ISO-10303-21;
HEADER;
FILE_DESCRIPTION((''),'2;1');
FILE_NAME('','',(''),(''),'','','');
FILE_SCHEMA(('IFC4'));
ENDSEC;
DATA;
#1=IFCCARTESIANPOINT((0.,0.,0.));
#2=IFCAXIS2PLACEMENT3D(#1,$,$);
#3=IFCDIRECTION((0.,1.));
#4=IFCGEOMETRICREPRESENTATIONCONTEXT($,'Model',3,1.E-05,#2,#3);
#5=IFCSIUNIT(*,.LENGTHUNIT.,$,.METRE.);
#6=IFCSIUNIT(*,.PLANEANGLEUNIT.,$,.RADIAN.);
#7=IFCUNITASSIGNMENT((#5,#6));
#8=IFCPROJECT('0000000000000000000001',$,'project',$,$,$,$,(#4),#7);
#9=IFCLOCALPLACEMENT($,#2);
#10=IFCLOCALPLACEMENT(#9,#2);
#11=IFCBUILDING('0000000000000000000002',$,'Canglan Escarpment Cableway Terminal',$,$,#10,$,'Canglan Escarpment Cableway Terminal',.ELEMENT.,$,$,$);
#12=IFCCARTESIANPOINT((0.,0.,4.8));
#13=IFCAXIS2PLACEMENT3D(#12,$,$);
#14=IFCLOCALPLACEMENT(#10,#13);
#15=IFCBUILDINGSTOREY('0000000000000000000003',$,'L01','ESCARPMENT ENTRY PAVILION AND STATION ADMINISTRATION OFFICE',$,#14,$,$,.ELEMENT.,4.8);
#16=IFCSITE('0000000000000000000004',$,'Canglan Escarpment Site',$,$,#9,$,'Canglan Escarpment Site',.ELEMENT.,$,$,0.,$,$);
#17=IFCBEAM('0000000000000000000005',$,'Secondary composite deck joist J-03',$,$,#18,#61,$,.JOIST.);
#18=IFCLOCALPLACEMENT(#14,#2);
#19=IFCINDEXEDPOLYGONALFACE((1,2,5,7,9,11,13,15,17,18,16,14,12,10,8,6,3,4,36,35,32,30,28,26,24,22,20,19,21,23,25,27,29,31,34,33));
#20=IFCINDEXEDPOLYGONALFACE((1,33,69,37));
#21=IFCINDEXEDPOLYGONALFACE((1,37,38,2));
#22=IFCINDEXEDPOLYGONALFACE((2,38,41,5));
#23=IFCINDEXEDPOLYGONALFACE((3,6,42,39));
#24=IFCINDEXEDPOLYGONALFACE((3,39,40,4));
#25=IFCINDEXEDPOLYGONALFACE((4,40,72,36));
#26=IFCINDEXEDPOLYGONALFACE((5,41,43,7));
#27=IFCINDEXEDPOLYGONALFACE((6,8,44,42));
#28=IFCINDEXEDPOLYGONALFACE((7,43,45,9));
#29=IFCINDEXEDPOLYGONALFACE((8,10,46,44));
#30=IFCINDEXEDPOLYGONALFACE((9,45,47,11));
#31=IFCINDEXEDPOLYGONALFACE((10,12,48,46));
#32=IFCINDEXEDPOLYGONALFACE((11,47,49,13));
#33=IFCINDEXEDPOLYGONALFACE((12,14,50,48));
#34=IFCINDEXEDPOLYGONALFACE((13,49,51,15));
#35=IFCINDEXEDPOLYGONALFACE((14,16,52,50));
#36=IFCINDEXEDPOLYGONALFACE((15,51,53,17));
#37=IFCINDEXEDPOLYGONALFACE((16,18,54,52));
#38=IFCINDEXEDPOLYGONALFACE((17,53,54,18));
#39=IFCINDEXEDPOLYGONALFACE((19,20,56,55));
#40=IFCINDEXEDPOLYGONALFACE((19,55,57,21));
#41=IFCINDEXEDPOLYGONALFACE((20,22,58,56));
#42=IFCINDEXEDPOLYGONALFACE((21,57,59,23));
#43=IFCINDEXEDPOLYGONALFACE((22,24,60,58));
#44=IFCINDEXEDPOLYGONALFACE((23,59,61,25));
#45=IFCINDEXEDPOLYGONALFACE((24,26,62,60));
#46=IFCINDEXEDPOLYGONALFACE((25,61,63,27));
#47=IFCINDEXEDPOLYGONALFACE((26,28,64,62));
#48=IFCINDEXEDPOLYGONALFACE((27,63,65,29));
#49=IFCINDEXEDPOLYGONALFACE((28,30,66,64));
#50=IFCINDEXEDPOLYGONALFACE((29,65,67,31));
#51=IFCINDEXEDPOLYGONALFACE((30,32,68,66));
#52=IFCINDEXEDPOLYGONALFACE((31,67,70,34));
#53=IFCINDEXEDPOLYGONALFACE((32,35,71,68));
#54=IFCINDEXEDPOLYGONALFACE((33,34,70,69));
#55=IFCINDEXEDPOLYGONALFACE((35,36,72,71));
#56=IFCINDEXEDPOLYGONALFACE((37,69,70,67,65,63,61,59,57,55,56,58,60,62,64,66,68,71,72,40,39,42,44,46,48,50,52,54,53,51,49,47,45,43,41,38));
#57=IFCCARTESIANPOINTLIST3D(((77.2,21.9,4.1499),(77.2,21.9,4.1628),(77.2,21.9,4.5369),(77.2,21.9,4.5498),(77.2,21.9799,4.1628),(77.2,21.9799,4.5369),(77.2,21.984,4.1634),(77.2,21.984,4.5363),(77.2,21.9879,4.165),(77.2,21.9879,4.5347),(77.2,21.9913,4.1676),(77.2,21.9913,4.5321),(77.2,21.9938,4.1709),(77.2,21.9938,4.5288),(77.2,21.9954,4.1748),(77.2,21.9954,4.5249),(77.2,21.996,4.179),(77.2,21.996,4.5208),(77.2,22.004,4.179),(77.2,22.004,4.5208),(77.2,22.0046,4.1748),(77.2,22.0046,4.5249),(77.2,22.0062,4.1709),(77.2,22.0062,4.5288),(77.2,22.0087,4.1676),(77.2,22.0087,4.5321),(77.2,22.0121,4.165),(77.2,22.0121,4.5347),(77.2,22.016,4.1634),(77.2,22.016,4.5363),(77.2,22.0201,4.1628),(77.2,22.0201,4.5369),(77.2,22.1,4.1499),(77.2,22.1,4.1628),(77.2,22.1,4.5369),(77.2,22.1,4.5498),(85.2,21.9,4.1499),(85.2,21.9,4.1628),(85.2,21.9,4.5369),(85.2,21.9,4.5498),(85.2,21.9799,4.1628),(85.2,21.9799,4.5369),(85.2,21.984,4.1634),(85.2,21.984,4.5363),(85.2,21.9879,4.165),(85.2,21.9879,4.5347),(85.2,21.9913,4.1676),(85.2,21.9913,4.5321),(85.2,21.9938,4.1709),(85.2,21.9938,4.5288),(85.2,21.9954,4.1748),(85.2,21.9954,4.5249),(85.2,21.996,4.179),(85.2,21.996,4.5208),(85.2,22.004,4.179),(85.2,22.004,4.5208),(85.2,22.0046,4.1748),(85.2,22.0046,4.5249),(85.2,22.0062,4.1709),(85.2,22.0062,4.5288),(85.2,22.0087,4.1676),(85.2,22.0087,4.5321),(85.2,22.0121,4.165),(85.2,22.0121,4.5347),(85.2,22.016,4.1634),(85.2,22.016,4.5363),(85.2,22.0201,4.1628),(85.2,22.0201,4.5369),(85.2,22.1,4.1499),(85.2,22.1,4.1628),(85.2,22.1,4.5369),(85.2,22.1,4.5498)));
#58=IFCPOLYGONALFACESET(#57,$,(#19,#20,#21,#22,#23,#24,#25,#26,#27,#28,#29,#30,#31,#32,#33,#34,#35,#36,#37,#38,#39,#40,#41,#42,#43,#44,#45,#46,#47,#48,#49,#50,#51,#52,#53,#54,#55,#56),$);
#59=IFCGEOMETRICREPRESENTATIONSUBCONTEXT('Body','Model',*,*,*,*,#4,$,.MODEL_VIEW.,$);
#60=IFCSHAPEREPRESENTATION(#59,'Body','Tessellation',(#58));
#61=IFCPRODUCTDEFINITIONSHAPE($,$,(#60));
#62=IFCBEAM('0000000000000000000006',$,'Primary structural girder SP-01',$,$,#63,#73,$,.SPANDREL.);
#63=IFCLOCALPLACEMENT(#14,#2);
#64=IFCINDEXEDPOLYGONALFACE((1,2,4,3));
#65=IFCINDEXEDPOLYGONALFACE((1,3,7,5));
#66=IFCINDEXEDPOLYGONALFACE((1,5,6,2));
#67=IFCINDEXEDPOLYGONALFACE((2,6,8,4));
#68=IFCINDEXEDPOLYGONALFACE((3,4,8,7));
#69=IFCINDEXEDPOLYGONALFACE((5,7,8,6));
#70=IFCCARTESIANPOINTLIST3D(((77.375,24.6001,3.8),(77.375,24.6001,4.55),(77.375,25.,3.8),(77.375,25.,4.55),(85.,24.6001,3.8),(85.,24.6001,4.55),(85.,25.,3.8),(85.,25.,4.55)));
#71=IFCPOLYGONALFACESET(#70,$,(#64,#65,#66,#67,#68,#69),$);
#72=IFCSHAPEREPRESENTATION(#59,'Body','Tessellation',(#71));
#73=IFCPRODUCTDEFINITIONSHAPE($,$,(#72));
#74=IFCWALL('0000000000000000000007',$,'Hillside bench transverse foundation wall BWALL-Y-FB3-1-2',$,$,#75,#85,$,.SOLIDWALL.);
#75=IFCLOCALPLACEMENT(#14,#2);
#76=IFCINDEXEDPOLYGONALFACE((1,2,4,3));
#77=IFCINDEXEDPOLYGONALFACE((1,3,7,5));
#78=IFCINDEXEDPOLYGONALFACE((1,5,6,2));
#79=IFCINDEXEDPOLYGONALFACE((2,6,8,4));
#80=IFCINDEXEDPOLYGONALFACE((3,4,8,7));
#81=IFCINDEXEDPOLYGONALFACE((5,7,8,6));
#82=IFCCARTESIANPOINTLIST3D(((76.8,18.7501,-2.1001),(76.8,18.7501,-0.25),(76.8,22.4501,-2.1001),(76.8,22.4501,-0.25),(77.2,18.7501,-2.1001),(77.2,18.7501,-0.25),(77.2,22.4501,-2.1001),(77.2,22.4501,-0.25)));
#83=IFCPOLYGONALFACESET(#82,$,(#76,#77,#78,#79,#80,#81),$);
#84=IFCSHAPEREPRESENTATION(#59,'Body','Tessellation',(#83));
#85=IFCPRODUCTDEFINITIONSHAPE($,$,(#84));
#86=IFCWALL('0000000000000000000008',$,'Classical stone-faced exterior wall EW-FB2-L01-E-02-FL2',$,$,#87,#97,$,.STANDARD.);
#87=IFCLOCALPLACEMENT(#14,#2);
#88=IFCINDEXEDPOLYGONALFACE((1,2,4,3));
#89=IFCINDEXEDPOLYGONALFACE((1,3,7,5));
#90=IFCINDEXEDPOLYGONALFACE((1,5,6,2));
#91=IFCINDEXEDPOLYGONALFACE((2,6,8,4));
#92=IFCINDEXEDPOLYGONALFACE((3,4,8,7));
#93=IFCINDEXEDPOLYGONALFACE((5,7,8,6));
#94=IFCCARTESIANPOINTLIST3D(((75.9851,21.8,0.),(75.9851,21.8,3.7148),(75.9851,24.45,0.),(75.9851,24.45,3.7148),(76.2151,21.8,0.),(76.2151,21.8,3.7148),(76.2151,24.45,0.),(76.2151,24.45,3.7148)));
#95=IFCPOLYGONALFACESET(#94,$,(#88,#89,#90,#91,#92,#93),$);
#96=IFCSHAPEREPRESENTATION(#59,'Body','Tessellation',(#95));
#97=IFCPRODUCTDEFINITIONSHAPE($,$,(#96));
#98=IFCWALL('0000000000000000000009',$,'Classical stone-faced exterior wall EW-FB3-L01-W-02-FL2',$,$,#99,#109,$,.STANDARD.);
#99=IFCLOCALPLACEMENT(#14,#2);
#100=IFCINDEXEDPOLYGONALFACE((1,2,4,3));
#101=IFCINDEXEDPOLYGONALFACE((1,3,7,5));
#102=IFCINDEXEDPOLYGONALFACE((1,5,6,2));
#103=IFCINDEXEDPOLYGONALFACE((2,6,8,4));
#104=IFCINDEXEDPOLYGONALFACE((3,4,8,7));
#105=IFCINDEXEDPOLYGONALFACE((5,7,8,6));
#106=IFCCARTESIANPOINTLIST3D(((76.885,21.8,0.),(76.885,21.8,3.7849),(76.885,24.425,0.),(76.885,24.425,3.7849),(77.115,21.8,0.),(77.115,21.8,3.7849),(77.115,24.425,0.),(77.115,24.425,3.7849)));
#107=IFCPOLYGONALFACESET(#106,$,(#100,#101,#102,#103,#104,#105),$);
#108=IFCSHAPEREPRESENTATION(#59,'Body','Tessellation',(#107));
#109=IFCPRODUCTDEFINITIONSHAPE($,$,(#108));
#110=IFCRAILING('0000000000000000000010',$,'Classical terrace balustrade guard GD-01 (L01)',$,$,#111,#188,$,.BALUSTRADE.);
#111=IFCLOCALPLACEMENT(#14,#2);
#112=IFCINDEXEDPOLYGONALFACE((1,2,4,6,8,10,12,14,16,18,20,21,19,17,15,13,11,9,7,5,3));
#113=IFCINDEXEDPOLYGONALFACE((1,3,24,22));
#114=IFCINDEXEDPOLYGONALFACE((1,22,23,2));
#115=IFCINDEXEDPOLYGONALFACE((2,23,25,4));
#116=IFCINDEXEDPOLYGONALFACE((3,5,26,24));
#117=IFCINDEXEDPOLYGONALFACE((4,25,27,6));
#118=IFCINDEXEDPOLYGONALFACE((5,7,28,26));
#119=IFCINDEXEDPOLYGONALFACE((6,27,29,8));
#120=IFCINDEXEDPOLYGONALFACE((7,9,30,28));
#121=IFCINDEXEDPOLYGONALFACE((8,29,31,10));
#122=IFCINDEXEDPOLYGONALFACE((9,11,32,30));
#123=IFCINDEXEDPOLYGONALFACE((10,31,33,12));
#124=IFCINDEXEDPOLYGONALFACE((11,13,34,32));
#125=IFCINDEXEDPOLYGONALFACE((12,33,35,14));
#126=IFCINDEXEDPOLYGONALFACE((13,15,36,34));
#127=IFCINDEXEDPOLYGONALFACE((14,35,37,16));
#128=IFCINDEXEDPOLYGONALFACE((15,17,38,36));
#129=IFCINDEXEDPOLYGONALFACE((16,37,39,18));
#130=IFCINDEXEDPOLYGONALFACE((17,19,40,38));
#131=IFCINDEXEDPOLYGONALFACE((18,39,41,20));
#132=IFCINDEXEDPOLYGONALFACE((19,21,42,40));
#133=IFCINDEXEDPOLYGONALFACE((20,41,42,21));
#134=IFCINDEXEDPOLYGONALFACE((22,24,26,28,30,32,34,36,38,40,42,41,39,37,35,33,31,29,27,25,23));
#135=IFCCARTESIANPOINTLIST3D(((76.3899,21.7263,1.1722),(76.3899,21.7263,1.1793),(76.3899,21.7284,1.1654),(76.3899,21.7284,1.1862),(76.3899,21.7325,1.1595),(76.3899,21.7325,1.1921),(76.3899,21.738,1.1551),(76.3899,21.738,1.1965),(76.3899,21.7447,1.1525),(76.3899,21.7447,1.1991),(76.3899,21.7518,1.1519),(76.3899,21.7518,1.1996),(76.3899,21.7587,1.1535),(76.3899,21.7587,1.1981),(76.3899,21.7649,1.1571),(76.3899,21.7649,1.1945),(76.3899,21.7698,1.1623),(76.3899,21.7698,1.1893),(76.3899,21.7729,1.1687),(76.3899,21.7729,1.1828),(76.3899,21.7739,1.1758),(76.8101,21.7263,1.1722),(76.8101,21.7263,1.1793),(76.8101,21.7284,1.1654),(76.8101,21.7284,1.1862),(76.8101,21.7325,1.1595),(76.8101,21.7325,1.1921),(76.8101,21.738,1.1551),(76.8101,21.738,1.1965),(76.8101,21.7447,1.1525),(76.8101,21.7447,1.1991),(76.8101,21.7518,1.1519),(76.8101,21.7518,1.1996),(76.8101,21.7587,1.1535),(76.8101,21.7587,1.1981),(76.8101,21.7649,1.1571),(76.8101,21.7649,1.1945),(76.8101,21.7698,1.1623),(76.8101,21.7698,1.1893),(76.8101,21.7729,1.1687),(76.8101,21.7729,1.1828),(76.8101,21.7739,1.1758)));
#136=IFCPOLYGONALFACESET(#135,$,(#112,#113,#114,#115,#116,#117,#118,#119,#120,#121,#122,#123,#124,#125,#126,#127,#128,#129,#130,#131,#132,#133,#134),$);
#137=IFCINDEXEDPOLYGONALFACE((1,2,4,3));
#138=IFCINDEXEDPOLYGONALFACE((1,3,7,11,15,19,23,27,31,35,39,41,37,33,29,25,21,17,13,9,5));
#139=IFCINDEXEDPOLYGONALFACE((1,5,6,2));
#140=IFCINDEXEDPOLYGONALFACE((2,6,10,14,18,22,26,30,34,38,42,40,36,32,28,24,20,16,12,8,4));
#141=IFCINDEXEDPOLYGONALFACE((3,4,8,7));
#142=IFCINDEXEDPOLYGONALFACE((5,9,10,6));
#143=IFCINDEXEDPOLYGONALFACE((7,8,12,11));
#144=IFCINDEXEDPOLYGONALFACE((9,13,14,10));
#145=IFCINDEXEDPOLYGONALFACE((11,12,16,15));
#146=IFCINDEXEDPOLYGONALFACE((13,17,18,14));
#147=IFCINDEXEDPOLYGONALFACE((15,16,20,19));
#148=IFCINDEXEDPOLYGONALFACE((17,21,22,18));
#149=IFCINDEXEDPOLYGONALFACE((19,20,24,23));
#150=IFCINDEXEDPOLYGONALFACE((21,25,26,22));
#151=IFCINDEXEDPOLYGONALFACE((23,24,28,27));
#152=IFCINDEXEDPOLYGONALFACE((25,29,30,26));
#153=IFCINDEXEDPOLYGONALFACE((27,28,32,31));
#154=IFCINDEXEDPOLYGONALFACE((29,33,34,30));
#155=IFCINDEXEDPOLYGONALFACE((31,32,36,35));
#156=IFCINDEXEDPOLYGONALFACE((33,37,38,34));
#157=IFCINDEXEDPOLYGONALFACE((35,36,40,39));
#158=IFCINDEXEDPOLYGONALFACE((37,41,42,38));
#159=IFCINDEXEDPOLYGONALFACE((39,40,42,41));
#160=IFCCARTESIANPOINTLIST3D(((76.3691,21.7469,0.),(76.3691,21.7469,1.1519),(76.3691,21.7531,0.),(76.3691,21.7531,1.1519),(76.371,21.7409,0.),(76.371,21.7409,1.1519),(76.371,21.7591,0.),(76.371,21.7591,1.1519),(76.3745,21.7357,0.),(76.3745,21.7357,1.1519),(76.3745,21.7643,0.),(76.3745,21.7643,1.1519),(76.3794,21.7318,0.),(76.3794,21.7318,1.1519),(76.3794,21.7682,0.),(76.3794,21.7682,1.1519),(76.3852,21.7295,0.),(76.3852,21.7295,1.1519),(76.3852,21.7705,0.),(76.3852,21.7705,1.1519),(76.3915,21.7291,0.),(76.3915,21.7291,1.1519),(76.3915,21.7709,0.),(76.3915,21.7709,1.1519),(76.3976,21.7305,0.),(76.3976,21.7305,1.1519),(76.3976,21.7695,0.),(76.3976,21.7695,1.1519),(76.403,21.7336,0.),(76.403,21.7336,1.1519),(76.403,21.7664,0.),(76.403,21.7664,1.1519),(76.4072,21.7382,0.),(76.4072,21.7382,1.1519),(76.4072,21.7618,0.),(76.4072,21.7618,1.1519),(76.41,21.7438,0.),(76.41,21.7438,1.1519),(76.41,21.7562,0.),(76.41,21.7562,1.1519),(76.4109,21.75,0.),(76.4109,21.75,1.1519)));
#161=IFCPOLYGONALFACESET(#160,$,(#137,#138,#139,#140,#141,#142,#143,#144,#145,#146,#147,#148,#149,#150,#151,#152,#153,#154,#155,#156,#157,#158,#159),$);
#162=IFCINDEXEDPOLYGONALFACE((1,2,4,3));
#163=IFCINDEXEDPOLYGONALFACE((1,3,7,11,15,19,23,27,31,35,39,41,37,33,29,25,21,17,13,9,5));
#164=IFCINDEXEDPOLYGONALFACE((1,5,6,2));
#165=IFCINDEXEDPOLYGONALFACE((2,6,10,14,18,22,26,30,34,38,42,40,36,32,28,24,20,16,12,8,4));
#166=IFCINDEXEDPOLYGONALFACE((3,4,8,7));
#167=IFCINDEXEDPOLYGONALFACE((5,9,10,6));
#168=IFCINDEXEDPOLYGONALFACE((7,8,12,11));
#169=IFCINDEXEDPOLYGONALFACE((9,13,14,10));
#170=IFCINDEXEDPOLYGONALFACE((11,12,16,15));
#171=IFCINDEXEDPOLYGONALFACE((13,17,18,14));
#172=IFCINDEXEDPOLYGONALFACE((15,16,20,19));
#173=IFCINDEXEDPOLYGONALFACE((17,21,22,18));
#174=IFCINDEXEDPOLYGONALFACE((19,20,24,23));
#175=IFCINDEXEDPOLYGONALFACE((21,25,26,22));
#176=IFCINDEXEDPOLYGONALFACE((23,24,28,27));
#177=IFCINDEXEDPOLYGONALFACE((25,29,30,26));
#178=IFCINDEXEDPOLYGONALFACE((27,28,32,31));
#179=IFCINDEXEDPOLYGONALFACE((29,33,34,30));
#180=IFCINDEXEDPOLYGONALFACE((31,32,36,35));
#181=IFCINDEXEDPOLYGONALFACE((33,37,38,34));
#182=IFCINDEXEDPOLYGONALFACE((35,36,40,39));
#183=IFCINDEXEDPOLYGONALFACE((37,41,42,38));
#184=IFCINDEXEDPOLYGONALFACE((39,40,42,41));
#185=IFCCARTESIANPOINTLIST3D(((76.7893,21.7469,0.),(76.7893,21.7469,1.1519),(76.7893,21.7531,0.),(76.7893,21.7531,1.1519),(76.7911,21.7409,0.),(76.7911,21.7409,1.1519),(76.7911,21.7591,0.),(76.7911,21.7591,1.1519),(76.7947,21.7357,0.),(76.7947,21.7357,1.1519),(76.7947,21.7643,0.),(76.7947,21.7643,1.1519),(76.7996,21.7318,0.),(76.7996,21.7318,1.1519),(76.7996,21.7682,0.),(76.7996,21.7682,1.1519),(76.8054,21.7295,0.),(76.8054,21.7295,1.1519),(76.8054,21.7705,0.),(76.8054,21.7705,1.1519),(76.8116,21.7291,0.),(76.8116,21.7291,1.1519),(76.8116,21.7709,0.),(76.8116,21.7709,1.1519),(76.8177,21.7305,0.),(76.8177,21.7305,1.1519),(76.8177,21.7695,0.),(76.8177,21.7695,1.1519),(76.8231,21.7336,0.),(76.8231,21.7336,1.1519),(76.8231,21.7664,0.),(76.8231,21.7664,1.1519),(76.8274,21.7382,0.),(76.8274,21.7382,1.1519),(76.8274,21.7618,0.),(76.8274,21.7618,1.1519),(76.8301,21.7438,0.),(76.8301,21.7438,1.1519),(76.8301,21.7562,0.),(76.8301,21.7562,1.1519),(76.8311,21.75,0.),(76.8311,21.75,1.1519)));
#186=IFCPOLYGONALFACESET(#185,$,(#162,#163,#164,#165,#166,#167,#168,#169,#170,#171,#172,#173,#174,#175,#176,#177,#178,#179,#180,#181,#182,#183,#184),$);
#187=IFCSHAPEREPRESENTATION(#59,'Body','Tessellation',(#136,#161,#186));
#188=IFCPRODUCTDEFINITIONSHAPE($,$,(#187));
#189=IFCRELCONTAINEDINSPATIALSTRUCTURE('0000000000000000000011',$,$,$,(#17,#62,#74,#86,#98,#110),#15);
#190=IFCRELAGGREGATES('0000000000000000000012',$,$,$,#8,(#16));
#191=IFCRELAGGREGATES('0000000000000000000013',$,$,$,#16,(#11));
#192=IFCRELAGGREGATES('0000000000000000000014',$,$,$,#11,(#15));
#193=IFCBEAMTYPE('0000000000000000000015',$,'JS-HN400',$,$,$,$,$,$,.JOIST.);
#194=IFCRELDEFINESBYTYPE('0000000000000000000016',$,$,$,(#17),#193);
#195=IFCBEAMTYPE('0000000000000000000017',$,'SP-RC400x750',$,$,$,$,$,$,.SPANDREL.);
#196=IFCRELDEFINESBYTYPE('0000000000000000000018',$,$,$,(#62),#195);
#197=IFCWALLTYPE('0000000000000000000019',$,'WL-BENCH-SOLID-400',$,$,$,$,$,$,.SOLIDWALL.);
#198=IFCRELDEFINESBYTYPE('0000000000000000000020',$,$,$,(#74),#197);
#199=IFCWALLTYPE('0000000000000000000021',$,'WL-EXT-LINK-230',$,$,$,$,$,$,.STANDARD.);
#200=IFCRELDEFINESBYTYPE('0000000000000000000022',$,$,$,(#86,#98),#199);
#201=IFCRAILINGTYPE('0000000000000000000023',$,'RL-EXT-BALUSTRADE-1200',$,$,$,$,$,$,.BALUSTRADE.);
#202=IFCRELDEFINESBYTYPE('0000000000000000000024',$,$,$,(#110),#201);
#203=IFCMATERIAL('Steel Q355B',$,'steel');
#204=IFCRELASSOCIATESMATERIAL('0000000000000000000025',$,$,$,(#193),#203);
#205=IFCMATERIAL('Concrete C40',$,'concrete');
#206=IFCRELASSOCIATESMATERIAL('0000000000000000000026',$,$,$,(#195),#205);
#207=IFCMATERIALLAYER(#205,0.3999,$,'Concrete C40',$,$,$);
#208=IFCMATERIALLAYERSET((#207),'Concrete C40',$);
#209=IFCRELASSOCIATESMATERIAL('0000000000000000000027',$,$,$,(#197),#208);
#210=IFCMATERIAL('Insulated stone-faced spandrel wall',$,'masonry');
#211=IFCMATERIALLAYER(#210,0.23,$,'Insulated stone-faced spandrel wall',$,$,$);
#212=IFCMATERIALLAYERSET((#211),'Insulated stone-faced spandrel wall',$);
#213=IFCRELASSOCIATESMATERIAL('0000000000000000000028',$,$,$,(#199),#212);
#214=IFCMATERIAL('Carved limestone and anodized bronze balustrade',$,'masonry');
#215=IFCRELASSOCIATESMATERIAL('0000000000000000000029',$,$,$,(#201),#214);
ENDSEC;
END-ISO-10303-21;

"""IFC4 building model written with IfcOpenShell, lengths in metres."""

from ifc_helpers import new_model, si_unit, direction, frame, frame_2d, origin, origin_2d, place, context, subcontext, project, spatial, rectangle, circle, i_section, extrude, material, layer, layer_set, material_profile, profile_set, type_object, element, save


model = new_model("IFC4")

# Units and contexts
model_context = context("Model", 3, precision=1e-05, world=origin(), true_north=direction((0.0, 1.0)))
body_context = subcontext(model_context, "Body", "Model", "MODEL_VIEW")
ifc_project = project(units=[si_unit("LENGTHUNIT", "METRE"), si_unit("PLANEANGLEUNIT", "RADIAN")], contexts=[model_context])

# Site, building, storey
site_placement = place(None, origin())
site = spatial("IfcSite", under=ifc_project, at=site_placement, Name="Canglan Escarpment Site", LongName="Canglan Escarpment Site", CompositionType="ELEMENT", RefElevation=0.0)
building_placement = place(site_placement, origin())
building = spatial("IfcBuilding", under=site, at=building_placement, Name="Canglan Escarpment Cableway Terminal", LongName="Canglan Escarpment Cableway Terminal", CompositionType="ELEMENT")
storey_placement = place(building_placement, frame((0.0, 0.0, 4.8)))
storey = spatial("IfcBuildingStorey", under=building, at=storey_placement, Name="L01", Description="ESCARPMENT ENTRY PAVILION AND STATION ADMINISTRATION OFFICE", CompositionType="ELEMENT", Elevation=4.8)

# Shared definitions
ifc_material_1 = material(Name="Concrete C40", Category="concrete")

# Beams
ifc_material_2 = material(Name="Steel Q355B", Category="steel")
ifc_material_profile_1 = material_profile(ifc_material_2, i_section(OverallWidth=0.2, OverallDepth=0.3999, WebThickness=0.0081, FlangeThickness=0.0129, FilletRadius=0.0161, at=origin_2d()), Name="HN 400x200x8x13")
ifc_profile_set_1 = profile_set([ifc_material_profile_1], Name="Steel Q355B")
beam_type_1 = type_object("IfcBeamType", Name="JS-HN400", PredefinedType="JOIST", material=ifc_profile_set_1)
for number, where, z_axis, x_axis, name in (
    (1, (77.2, 22.0, 4.3499), (1.0, 0.0, 0.0), (0.0, 1.0, 0.0), "Secondary composite deck joist J-03"),
):
    element("IfcBeam", number, at=place(storey_placement, frame(where, z_axis=z_axis, x_axis=x_axis)), inside=storey, type_object=beam_type_1, Name=name, PredefinedType="JOIST", context=body_context, shape_type="SweptSolid", body=[
        extrude(i_section(OverallWidth=0.2, OverallDepth=0.3999, WebThickness=0.0081, FlangeThickness=0.0129, FilletRadius=0.0161, at=origin_2d()), origin(), (0.0, 0.0, 1.0), 8.0),
    ])
ifc_material_profile_2 = material_profile(ifc_material_1, rectangle(XDim=0.3999, YDim=0.75, at=origin_2d()), Name="RC 400x750")
ifc_profile_set_2 = profile_set([ifc_material_profile_2], Name="Concrete C40")
beam_type_2 = type_object("IfcBeamType", Name="SP-RC400x750", PredefinedType="SPANDREL", material=ifc_profile_set_2)
beam_1_placement = place(storey_placement, frame((77.375, 24.8, 4.175), z_axis=(1.0, 0.0, 0.0), x_axis=(0.0, 1.0, 0.0)))
element("IfcBeam", 2, at=beam_1_placement, inside=storey, type_object=beam_type_2, Name="Primary structural girder SP-01", PredefinedType="SPANDREL", context=body_context, shape_type="SweptSolid", body=[
    extrude(rectangle(XDim=0.3999, YDim=0.75, at=origin_2d()), origin(), (0.0, 0.0, 1.0), 7.625),
])

# Walls
ifc_layer_1 = layer(ifc_material_1, 0.3999, Name="Concrete C40")
ifc_layer_set_1 = layer_set([ifc_layer_1], Name="Concrete C40")
wall_type_1 = type_object("IfcWallType", Name="WL-BENCH-SOLID-400", PredefinedType="SOLIDWALL", material=ifc_layer_set_1)
wall_1_placement = place(storey_placement, frame((77.0, 18.75, -2.1001), z_axis=(0.0, 0.0, 1.0), x_axis=(0.0, 1.0, 0.0)))
element("IfcWall", 3, at=wall_1_placement, inside=storey, type_object=wall_type_1, Name="Hillside bench transverse foundation wall BWALL-Y-FB3-1-2", PredefinedType="SOLIDWALL", context=body_context, shape_type="SweptSolid", body=[
    extrude(rectangle(XDim=3.7, YDim=0.3999, at=frame_2d((1.8501, 0.0))), origin(), (0.0, 0.0, 1.0), 1.8501),
])
ifc_material_3 = material(Name="Insulated stone-faced spandrel wall", Category="masonry")
ifc_layer_2 = layer(ifc_material_3, 0.23, Name="Insulated stone-faced spandrel wall")
ifc_layer_set_2 = layer_set([ifc_layer_2], Name="Insulated stone-faced spandrel wall")
wall_type_2 = type_object("IfcWallType", Name="WL-EXT-LINK-230", PredefinedType="STANDARD", material=ifc_layer_set_2)
wall_2_placement = place(storey_placement, frame((76.1001, 21.8, 0.0), z_axis=(0.0, 0.0, 1.0), x_axis=(0.0, 1.0, 0.0)))
element("IfcWall", 4, at=wall_2_placement, inside=storey, type_object=wall_type_2, Name="Classical stone-faced exterior wall EW-FB2-L01-E-02-FL2", PredefinedType="STANDARD", context=body_context, shape_type="SweptSolid", body=[
    extrude(rectangle(XDim=2.6499, YDim=0.23, at=frame_2d((1.325, 0.0))), origin(), (0.0, 0.0, 1.0), 3.7148),
])
wall_3_placement = place(storey_placement, frame((77.0, 21.8, 0.0), z_axis=(0.0, 0.0, 1.0), x_axis=(0.0, 1.0, 0.0)))
element("IfcWall", 5, at=wall_3_placement, inside=storey, type_object=wall_type_2, Name="Classical stone-faced exterior wall EW-FB3-L01-W-02-FL2", PredefinedType="STANDARD", context=body_context, shape_type="SweptSolid", body=[
    extrude(rectangle(XDim=2.625, YDim=0.23, at=frame_2d((1.3125, 0.0))), origin(), (0.0, 0.0, 1.0), 3.7849),
])

# Railing
ifc_material_4 = material(Name="Carved limestone and anodized bronze balustrade", Category="masonry")
railing_type = type_object("IfcRailingType", Name="RL-EXT-BALUSTRADE-1200", PredefinedType="BALUSTRADE", material=ifc_material_4)
railing_placement = place(storey_placement, frame((76.3899, 21.75, 0.0)))
element("IfcRailing", 6, at=railing_placement, inside=storey, type_object=railing_type, Name="Classical terrace balustrade guard GD-01 (L01)", PredefinedType="BALUSTRADE", context=body_context, shape_type="SweptSolid", body=[
    extrude(circle(Radius=0.0239, at=origin_2d()), frame((0.0, 0.0, 1.1758), z_axis=(1.0, 0.0, 0.0), x_axis=(0.0, 1.0, 0.0)), (0.0, 0.0, 1.0), 0.4202),
    extrude(circle(Radius=0.021, at=origin_2d()), origin(), (0.0, 0.0, 1.0), 1.1519),
    extrude(circle(Radius=0.021, at=origin_2d()), frame((0.4202, 0.0, 0.0)), (0.0, 0.0, 1.0), 1.1519),
])

save(model, "model.ifc")
